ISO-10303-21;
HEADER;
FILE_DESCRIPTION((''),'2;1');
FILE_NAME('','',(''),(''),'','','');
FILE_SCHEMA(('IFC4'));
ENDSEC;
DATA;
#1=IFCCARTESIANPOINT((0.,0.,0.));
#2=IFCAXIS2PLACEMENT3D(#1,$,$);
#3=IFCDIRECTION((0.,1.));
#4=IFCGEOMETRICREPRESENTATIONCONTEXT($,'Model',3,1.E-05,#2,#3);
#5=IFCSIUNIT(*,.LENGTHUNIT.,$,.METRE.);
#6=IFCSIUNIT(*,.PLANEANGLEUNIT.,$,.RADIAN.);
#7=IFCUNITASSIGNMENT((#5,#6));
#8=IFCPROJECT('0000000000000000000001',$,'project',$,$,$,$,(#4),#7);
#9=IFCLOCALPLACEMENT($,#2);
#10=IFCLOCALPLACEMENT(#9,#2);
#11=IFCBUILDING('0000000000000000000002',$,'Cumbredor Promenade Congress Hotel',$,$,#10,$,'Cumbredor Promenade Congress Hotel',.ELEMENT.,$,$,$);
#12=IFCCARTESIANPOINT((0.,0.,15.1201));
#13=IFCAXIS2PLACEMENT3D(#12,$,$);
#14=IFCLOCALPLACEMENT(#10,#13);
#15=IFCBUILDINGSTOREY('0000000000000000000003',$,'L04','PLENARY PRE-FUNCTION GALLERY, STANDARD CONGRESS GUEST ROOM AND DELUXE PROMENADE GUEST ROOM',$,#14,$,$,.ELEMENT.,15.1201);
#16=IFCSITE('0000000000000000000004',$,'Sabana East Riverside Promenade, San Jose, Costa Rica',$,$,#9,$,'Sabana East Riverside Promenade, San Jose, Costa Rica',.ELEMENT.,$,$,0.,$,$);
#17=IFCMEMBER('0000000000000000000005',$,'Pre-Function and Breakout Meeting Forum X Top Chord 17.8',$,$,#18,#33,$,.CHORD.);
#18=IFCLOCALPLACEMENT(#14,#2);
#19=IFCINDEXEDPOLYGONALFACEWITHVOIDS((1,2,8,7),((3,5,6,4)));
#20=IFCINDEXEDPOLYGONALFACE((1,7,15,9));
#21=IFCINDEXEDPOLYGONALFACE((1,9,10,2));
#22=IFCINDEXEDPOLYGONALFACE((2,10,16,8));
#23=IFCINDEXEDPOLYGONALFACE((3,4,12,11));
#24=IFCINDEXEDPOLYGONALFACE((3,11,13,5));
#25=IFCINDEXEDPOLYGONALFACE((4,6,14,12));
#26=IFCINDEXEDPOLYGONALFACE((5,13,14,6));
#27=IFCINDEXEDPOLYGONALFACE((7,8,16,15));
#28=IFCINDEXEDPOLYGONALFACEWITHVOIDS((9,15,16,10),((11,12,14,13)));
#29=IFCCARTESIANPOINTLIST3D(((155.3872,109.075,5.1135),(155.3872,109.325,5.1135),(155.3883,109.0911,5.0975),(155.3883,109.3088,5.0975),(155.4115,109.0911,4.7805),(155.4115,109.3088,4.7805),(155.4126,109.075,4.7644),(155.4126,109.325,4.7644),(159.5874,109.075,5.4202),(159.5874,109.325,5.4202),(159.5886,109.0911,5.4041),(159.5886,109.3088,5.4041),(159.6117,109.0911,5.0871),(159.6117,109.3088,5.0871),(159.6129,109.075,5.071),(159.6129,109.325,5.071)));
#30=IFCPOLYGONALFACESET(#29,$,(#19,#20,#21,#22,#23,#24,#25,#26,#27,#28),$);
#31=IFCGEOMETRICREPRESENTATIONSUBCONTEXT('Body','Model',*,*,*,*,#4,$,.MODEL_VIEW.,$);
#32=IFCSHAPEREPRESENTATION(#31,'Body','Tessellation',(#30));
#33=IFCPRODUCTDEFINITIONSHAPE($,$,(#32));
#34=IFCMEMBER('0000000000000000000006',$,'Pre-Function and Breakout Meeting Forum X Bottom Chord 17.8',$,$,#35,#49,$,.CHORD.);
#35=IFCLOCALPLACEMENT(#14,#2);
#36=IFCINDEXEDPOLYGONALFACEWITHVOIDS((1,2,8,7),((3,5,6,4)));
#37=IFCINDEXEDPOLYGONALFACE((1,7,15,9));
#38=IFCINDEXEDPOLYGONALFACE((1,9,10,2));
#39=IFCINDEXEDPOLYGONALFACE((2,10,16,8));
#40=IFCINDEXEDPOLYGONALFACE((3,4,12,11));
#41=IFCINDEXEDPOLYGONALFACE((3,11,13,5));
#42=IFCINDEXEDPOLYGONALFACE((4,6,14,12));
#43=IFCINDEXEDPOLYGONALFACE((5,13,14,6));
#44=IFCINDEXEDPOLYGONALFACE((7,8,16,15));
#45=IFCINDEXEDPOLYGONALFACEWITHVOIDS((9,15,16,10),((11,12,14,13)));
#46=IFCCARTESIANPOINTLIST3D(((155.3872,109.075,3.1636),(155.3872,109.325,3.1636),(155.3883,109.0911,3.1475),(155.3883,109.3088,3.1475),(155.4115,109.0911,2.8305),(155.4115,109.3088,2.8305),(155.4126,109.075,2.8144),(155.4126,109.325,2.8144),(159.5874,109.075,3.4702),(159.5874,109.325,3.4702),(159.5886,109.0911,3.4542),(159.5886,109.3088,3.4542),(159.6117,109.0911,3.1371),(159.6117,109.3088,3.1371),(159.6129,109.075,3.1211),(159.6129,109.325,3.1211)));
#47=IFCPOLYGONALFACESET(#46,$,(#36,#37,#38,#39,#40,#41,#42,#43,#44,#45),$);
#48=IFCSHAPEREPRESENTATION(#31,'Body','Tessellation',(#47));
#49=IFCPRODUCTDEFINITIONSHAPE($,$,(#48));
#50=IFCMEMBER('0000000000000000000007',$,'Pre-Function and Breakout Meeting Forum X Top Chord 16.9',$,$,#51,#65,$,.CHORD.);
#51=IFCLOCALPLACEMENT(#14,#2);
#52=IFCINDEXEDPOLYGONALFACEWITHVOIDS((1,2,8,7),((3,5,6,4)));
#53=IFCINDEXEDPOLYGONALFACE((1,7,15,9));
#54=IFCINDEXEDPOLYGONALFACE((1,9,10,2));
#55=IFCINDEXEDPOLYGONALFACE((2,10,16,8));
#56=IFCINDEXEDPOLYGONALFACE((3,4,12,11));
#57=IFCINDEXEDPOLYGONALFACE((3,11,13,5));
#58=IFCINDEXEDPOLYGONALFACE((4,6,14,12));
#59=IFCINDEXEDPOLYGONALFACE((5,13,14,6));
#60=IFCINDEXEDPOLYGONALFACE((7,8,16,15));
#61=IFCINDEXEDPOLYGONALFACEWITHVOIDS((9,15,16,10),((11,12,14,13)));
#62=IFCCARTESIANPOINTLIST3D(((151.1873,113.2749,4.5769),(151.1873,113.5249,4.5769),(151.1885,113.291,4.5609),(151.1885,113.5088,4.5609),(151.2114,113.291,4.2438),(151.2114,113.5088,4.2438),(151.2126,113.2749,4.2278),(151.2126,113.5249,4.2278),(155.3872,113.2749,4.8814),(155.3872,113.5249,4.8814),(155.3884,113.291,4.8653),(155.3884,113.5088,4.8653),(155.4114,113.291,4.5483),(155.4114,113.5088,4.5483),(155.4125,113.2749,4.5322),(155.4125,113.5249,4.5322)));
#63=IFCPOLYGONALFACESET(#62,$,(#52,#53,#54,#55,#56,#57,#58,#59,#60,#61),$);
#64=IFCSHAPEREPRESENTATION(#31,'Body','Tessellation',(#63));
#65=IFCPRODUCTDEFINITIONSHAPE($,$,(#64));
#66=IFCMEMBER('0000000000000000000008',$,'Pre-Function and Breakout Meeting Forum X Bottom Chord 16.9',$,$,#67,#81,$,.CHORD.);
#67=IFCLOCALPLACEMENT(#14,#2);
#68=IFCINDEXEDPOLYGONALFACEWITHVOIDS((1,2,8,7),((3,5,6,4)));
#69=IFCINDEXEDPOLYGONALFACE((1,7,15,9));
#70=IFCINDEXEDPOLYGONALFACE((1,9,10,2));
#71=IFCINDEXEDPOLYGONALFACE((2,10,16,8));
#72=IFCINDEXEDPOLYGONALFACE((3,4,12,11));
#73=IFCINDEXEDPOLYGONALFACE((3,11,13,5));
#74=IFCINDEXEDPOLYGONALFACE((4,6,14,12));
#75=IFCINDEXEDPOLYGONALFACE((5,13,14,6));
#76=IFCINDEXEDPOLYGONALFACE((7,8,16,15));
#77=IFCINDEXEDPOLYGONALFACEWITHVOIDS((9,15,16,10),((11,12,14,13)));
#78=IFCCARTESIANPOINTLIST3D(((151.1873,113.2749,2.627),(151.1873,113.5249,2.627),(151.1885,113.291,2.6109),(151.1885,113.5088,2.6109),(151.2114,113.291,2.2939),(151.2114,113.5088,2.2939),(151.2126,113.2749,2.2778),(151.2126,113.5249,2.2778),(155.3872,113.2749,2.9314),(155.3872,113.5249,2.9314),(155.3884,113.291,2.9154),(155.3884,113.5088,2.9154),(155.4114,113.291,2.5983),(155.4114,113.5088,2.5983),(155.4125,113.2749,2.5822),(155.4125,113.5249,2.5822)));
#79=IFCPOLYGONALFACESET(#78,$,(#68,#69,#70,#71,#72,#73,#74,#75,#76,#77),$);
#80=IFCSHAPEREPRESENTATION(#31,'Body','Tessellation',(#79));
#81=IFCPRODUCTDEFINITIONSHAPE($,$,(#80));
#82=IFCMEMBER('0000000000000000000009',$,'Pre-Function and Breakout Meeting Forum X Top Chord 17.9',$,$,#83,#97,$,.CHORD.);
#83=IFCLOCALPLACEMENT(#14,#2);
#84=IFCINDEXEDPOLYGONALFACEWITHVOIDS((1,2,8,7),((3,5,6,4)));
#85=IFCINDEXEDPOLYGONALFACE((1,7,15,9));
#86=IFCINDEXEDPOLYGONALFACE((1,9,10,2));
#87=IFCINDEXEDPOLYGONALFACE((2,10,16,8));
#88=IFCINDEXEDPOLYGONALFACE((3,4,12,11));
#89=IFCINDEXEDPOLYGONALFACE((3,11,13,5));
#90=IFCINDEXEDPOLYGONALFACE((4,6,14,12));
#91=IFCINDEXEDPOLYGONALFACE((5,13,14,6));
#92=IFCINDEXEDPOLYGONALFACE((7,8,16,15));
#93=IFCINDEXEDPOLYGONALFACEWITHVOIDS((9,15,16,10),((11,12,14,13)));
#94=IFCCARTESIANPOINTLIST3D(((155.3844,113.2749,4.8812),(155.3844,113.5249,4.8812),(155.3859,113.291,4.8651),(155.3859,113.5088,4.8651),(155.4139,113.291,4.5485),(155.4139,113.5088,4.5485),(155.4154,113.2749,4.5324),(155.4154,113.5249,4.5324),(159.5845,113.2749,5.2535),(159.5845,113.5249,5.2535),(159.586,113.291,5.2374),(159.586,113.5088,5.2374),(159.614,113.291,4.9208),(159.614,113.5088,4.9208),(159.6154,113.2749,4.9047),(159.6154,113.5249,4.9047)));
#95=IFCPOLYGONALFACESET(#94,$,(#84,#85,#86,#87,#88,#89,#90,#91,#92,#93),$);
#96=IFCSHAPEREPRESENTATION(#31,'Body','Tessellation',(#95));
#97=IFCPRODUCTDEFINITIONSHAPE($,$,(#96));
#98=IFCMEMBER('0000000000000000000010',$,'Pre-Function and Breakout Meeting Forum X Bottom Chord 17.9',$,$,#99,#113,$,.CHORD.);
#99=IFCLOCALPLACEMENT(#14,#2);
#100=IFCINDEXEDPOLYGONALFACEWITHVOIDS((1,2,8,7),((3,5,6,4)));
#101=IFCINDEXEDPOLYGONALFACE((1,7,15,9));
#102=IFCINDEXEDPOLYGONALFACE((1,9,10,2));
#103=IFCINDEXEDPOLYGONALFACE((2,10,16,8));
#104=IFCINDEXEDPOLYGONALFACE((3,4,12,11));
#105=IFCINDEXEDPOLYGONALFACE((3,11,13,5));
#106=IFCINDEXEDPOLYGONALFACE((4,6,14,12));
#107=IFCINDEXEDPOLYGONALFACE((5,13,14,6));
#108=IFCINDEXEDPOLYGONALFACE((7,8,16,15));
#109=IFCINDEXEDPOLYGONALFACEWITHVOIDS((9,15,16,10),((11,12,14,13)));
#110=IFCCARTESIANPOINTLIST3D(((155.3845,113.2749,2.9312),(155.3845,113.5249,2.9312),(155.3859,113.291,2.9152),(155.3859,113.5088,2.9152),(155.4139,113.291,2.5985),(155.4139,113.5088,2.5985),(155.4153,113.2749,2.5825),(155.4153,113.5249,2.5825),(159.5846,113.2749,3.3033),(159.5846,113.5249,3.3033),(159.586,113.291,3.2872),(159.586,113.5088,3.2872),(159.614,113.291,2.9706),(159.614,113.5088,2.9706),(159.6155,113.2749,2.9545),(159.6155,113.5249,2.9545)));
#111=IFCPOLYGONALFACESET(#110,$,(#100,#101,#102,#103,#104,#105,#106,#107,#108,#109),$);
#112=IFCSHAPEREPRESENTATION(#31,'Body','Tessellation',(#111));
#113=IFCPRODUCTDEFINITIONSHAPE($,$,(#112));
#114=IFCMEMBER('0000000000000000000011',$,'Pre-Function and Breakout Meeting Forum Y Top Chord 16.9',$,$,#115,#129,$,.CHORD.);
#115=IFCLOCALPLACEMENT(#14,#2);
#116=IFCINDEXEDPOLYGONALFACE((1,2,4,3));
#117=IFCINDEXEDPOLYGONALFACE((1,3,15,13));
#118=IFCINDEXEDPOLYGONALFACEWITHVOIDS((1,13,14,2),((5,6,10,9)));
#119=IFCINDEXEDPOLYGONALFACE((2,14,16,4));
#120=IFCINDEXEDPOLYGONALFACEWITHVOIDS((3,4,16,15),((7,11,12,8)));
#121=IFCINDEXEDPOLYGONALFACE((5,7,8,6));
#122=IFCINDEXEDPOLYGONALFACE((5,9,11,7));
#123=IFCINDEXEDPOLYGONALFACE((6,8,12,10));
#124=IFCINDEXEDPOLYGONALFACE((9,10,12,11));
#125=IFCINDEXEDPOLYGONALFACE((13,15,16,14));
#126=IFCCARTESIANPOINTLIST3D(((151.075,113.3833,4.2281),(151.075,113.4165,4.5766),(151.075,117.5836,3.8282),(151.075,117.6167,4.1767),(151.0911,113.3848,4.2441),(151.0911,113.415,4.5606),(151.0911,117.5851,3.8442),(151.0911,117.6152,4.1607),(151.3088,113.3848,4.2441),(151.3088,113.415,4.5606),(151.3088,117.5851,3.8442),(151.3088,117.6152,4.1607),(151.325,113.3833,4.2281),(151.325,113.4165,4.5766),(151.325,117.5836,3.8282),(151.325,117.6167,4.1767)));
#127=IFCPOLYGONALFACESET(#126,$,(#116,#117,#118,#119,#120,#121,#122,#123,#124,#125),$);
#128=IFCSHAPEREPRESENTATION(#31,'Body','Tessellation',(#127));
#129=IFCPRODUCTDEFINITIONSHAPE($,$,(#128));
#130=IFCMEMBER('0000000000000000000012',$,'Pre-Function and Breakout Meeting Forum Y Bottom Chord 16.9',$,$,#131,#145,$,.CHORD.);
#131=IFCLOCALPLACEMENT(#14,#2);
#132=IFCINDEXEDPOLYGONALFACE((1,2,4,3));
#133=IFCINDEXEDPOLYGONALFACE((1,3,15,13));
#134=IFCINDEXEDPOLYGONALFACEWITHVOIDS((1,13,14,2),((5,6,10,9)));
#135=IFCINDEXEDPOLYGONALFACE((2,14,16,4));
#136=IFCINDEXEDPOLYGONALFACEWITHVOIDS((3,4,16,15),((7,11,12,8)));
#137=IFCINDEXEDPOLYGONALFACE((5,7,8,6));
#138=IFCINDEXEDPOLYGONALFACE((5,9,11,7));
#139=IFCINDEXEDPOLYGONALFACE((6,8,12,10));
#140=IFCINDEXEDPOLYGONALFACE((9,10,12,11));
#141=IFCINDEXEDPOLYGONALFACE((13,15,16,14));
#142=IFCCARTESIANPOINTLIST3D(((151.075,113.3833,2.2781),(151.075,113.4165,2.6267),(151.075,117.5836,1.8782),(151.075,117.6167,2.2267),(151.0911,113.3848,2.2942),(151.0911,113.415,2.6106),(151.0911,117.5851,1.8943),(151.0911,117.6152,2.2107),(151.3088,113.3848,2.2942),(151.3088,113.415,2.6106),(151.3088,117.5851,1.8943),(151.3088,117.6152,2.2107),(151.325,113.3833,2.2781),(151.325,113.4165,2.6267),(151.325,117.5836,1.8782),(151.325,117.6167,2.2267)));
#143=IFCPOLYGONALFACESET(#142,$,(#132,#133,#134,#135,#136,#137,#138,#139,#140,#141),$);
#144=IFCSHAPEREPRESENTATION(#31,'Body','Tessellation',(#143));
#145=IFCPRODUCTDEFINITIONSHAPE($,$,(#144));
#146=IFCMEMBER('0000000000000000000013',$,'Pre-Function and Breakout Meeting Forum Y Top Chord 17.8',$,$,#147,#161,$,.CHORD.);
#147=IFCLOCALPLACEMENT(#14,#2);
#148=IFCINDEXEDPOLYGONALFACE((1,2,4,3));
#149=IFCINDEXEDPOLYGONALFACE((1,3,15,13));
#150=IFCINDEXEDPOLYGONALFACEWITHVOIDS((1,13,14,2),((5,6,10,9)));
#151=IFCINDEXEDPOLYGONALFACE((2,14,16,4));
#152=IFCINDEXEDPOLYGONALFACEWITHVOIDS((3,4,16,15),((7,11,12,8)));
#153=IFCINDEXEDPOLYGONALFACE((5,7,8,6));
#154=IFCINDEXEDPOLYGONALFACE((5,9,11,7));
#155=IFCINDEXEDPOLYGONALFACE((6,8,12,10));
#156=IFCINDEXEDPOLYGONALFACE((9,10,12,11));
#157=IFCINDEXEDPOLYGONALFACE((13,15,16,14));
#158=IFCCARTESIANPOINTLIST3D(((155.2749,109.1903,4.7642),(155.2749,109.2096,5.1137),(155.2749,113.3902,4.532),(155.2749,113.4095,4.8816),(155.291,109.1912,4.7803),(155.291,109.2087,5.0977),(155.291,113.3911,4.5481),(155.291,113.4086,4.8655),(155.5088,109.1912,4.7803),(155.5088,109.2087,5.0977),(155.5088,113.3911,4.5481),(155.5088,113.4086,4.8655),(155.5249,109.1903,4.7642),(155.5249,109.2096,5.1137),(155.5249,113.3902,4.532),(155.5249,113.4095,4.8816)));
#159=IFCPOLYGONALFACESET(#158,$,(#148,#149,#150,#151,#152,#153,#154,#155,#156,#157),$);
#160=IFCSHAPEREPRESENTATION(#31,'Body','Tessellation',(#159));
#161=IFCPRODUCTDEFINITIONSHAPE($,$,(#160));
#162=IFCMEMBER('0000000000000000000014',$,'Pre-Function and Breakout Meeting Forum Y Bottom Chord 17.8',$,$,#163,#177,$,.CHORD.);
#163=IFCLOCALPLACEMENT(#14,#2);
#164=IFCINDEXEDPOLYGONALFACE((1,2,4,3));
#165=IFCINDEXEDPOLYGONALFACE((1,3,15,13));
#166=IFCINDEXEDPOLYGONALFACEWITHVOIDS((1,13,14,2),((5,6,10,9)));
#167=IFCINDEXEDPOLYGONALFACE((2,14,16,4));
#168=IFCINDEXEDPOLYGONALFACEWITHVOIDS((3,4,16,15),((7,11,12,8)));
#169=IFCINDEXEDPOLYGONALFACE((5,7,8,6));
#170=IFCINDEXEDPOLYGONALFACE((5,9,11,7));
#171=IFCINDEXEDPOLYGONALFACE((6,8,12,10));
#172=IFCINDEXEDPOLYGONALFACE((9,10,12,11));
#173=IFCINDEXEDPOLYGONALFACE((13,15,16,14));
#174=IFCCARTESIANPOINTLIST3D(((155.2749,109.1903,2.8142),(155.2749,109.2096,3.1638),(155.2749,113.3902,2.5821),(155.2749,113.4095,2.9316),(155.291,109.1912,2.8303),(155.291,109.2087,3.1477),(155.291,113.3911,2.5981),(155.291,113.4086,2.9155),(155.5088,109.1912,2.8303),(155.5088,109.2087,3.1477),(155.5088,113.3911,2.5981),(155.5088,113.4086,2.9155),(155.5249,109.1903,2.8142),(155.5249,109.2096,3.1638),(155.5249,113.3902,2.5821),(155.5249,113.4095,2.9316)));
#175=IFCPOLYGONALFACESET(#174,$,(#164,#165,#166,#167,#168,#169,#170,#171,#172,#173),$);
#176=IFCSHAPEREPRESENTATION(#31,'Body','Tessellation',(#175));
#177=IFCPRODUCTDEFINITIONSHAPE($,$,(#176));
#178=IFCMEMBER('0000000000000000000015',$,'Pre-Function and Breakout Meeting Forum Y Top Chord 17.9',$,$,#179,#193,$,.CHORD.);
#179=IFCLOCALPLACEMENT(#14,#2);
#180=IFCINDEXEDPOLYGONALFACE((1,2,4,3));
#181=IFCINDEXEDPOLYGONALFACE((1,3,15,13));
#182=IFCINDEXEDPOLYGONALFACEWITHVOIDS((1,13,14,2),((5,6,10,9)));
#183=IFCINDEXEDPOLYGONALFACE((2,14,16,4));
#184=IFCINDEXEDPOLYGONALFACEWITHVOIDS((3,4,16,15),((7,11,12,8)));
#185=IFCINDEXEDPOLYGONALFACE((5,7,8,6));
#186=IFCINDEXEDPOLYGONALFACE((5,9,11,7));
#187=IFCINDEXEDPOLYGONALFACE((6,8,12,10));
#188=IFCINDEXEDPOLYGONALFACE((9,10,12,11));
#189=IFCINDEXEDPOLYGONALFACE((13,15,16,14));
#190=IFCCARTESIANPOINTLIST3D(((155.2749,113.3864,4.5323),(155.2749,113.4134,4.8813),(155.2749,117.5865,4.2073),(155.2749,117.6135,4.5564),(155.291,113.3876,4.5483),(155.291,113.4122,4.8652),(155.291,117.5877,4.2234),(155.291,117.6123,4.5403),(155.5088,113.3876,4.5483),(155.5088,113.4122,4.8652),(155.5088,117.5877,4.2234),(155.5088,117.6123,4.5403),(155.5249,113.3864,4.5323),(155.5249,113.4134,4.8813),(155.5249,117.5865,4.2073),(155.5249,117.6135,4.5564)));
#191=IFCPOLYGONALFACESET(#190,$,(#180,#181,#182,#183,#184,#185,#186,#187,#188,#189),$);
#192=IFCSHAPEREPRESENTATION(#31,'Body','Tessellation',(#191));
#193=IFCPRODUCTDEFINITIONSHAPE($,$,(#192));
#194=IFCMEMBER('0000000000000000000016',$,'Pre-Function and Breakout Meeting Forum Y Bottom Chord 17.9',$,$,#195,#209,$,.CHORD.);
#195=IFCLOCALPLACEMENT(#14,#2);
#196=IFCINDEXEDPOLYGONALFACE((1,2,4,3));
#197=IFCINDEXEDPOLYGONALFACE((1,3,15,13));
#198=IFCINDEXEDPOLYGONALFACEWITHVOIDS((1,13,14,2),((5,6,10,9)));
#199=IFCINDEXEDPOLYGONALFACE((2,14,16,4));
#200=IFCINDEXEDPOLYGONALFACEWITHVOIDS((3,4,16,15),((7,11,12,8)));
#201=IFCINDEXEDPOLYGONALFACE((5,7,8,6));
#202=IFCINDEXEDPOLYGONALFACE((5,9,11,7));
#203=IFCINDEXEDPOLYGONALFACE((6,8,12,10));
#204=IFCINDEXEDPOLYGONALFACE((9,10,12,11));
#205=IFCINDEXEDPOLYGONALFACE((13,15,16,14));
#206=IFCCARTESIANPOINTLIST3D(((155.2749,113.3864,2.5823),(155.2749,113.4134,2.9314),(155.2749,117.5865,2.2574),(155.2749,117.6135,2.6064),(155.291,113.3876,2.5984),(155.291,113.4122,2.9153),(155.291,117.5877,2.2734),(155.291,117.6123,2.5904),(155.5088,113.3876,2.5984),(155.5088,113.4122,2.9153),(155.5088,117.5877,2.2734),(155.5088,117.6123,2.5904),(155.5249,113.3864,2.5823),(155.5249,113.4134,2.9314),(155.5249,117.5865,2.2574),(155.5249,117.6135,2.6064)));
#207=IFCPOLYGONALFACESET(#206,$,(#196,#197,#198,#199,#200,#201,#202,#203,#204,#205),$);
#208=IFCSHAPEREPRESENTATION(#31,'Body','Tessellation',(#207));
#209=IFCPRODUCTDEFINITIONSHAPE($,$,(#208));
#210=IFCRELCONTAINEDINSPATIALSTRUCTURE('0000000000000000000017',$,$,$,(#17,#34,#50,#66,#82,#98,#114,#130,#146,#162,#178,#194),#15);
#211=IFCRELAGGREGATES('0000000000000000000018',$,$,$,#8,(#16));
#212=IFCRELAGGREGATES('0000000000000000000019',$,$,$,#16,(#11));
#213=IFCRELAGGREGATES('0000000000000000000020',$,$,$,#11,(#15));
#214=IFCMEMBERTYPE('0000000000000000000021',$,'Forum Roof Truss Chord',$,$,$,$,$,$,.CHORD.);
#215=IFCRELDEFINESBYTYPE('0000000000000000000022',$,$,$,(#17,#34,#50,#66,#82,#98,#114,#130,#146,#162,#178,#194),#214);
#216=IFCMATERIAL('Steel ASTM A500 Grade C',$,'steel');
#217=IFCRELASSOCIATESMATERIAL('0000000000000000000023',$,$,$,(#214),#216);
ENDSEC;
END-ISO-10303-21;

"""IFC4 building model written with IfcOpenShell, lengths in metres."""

from ifc_helpers import new_model, si_unit, direction, frame, origin, origin_2d, place, context, subcontext, project, spatial, hollow_rectangle, extrude, material, material_profile, profile_set, type_object, element, save


model = new_model("IFC4")

# Units and contexts
model_context = context("Model", 3, precision=1e-05, world=origin(), true_north=direction((0.0, 1.0)))
body_context = subcontext(model_context, "Body", "Model", "MODEL_VIEW")
ifc_project = project(units=[si_unit("LENGTHUNIT", "METRE"), si_unit("PLANEANGLEUNIT", "RADIAN")], contexts=[model_context])

# Site, building, storey
site_placement = place(None, origin())
site = spatial("IfcSite", under=ifc_project, at=site_placement, Name="Sabana East Riverside Promenade, San Jose, Costa Rica", LongName="Sabana East Riverside Promenade, San Jose, Costa Rica", CompositionType="ELEMENT", RefElevation=0.0)
building_placement = place(site_placement, origin())
building = spatial("IfcBuilding", under=site, at=building_placement, Name="Cumbredor Promenade Congress Hotel", LongName="Cumbredor Promenade Congress Hotel", CompositionType="ELEMENT")
storey_placement = place(building_placement, frame((0.0, 0.0, 15.1201)))
storey = spatial("IfcBuildingStorey", under=building, at=storey_placement, Name="L04", Description="PLENARY PRE-FUNCTION GALLERY, STANDARD CONGRESS GUEST ROOM AND DELUXE PROMENADE GUEST ROOM", CompositionType="ELEMENT", Elevation=15.1201)

# Members
ifc_material_1 = material(Name="Steel ASTM A500 Grade C", Category="steel")
ifc_material_profile_1 = material_profile(ifc_material_1, hollow_rectangle(XDim=0.25, YDim=0.3501, WallThickness=0.0161, at=origin_2d()), Name="HSS 350x250x16")
ifc_profile_set_1 = profile_set([ifc_material_profile_1], Name="Steel ASTM A500 Grade C")
member_type_1 = type_object("IfcMemberType", Name="Forum Roof Truss Chord", PredefinedType="CHORD", material=ifc_profile_set_1)
for number, where, z_axis, x_axis, name in (
    (1, (155.3999, 109.2, 4.939), (0.997346, 0.0, 0.072812), (0.0, 1.0, 0.0), "Pre-Function and Breakout Meeting Forum X Top Chord 17.8"),
    (2, (155.3999, 109.2, 2.989), (0.997346, 0.0, 0.072812), (0.0, 1.0, 0.0), "Pre-Function and Breakout Meeting Forum X Bottom Chord 17.8"),
):
    element("IfcMember", number, at=place(storey_placement, frame(where, z_axis=z_axis, x_axis=x_axis)), inside=storey, type_object=member_type_1, Name=name, PredefinedType="CHORD", context=body_context, shape_type="SweptSolid", body=[
        extrude(hollow_rectangle(XDim=0.25, YDim=0.3501, WallThickness=0.0161, at=origin_2d()), origin(), (0.0, 0.0, 1.0), 4.2114),
    ])
for number, where, z_axis, x_axis, name in (
    (3, (151.2, 113.3999, 4.4023), (0.997383, 0.0, 0.072298), (0.0, 1.0, 0.0), "Pre-Function and Breakout Meeting Forum X Top Chord 16.9"),
    (4, (151.2, 113.3999, 2.4524), (0.997383, 0.0, 0.072298), (0.0, 1.0, 0.0), "Pre-Function and Breakout Meeting Forum X Bottom Chord 16.9"),
):
    element("IfcMember", number, at=place(storey_placement, frame(where, z_axis=z_axis, x_axis=x_axis)), inside=storey, type_object=member_type_1, Name=name, PredefinedType="CHORD", context=body_context, shape_type="SweptSolid", body=[
        extrude(hollow_rectangle(XDim=0.25, YDim=0.3501, WallThickness=0.0161, at=origin_2d()), origin(), (0.0, 0.0, 1.0), 4.2109),
    ])
for number, where, z_axis, x_axis, name in (
    (5, (155.3999, 113.3999, 4.7068), (0.996094, 0.0, 0.088296), (0.0, 1.0, 0.0), "Pre-Function and Breakout Meeting Forum X Top Chord 17.9"),
    (6, (155.3999, 113.3999, 2.7568), (0.996099, 0.0, 0.088239), (0.0, 1.0, 0.0), "Pre-Function and Breakout Meeting Forum X Bottom Chord 17.9"),
):
    element("IfcMember", number, at=place(storey_placement, frame(where, z_axis=z_axis, x_axis=x_axis)), inside=storey, type_object=member_type_1, Name=name, PredefinedType="CHORD", context=body_context, shape_type="SweptSolid", body=[
        extrude(hollow_rectangle(XDim=0.25, YDim=0.3501, WallThickness=0.0161, at=origin_2d()), origin(), (0.0, 0.0, 1.0), 4.2166),
    ])
for number, where, z_axis, x_axis, name in (
    (7, (151.2, 113.3999, 4.4023), (0.0, 0.995498, -0.094782), (-1.0, 0.0, 0.0), "Pre-Function and Breakout Meeting Forum Y Top Chord 16.9"),
    (8, (151.2, 113.3999, 2.4524), (0.0, 0.995498, -0.094782), (-1.0, 0.0, 0.0), "Pre-Function and Breakout Meeting Forum Y Bottom Chord 16.9"),
):
    element("IfcMember", number, at=place(storey_placement, frame(where, z_axis=z_axis, x_axis=x_axis)), inside=storey, type_object=member_type_1, Name=name, PredefinedType="CHORD", context=body_context, shape_type="SweptSolid", body=[
        extrude(hollow_rectangle(XDim=0.25, YDim=0.3501, WallThickness=0.0161, at=origin_2d()), origin(), (0.0, 0.0, 1.0), 4.2192),
    ])
for number, where, z_axis, x_axis, name in (
    (9, (155.3999, 109.2, 4.939), (0.0, 0.998475, -0.055197), (-1.0, 0.0, 0.0), "Pre-Function and Breakout Meeting Forum Y Top Chord 17.8"),
    (10, (155.3999, 109.2, 2.989), (0.0, 0.998475, -0.055197), (-1.0, 0.0, 0.0), "Pre-Function and Breakout Meeting Forum Y Bottom Chord 17.8"),
):
    element("IfcMember", number, at=place(storey_placement, frame(where, z_axis=z_axis, x_axis=x_axis)), inside=storey, type_object=member_type_1, Name=name, PredefinedType="CHORD", context=body_context, shape_type="SweptSolid", body=[
        extrude(hollow_rectangle(XDim=0.25, YDim=0.3501, WallThickness=0.0161, at=origin_2d()), origin(), (0.0, 0.0, 1.0), 4.2063),
    ])
for number, where, z_axis, x_axis, name in (
    (11, (155.3999, 113.3999, 4.7068), (0.0, 0.997021, -0.077135), (-1.0, 0.0, 0.0), "Pre-Function and Breakout Meeting Forum Y Top Chord 17.9"),
    (12, (155.3999, 113.3999, 2.7568), (0.0, 0.997021, -0.077135), (-1.0, 0.0, 0.0), "Pre-Function and Breakout Meeting Forum Y Bottom Chord 17.9"),
):
    element("IfcMember", number, at=place(storey_placement, frame(where, z_axis=z_axis, x_axis=x_axis)), inside=storey, type_object=member_type_1, Name=name, PredefinedType="CHORD", context=body_context, shape_type="SweptSolid", body=[
        extrude(hollow_rectangle(XDim=0.25, YDim=0.3501, WallThickness=0.0161, at=origin_2d()), origin(), (0.0, 0.0, 1.0), 4.2126),
    ])

save(model, "model.ifc")
